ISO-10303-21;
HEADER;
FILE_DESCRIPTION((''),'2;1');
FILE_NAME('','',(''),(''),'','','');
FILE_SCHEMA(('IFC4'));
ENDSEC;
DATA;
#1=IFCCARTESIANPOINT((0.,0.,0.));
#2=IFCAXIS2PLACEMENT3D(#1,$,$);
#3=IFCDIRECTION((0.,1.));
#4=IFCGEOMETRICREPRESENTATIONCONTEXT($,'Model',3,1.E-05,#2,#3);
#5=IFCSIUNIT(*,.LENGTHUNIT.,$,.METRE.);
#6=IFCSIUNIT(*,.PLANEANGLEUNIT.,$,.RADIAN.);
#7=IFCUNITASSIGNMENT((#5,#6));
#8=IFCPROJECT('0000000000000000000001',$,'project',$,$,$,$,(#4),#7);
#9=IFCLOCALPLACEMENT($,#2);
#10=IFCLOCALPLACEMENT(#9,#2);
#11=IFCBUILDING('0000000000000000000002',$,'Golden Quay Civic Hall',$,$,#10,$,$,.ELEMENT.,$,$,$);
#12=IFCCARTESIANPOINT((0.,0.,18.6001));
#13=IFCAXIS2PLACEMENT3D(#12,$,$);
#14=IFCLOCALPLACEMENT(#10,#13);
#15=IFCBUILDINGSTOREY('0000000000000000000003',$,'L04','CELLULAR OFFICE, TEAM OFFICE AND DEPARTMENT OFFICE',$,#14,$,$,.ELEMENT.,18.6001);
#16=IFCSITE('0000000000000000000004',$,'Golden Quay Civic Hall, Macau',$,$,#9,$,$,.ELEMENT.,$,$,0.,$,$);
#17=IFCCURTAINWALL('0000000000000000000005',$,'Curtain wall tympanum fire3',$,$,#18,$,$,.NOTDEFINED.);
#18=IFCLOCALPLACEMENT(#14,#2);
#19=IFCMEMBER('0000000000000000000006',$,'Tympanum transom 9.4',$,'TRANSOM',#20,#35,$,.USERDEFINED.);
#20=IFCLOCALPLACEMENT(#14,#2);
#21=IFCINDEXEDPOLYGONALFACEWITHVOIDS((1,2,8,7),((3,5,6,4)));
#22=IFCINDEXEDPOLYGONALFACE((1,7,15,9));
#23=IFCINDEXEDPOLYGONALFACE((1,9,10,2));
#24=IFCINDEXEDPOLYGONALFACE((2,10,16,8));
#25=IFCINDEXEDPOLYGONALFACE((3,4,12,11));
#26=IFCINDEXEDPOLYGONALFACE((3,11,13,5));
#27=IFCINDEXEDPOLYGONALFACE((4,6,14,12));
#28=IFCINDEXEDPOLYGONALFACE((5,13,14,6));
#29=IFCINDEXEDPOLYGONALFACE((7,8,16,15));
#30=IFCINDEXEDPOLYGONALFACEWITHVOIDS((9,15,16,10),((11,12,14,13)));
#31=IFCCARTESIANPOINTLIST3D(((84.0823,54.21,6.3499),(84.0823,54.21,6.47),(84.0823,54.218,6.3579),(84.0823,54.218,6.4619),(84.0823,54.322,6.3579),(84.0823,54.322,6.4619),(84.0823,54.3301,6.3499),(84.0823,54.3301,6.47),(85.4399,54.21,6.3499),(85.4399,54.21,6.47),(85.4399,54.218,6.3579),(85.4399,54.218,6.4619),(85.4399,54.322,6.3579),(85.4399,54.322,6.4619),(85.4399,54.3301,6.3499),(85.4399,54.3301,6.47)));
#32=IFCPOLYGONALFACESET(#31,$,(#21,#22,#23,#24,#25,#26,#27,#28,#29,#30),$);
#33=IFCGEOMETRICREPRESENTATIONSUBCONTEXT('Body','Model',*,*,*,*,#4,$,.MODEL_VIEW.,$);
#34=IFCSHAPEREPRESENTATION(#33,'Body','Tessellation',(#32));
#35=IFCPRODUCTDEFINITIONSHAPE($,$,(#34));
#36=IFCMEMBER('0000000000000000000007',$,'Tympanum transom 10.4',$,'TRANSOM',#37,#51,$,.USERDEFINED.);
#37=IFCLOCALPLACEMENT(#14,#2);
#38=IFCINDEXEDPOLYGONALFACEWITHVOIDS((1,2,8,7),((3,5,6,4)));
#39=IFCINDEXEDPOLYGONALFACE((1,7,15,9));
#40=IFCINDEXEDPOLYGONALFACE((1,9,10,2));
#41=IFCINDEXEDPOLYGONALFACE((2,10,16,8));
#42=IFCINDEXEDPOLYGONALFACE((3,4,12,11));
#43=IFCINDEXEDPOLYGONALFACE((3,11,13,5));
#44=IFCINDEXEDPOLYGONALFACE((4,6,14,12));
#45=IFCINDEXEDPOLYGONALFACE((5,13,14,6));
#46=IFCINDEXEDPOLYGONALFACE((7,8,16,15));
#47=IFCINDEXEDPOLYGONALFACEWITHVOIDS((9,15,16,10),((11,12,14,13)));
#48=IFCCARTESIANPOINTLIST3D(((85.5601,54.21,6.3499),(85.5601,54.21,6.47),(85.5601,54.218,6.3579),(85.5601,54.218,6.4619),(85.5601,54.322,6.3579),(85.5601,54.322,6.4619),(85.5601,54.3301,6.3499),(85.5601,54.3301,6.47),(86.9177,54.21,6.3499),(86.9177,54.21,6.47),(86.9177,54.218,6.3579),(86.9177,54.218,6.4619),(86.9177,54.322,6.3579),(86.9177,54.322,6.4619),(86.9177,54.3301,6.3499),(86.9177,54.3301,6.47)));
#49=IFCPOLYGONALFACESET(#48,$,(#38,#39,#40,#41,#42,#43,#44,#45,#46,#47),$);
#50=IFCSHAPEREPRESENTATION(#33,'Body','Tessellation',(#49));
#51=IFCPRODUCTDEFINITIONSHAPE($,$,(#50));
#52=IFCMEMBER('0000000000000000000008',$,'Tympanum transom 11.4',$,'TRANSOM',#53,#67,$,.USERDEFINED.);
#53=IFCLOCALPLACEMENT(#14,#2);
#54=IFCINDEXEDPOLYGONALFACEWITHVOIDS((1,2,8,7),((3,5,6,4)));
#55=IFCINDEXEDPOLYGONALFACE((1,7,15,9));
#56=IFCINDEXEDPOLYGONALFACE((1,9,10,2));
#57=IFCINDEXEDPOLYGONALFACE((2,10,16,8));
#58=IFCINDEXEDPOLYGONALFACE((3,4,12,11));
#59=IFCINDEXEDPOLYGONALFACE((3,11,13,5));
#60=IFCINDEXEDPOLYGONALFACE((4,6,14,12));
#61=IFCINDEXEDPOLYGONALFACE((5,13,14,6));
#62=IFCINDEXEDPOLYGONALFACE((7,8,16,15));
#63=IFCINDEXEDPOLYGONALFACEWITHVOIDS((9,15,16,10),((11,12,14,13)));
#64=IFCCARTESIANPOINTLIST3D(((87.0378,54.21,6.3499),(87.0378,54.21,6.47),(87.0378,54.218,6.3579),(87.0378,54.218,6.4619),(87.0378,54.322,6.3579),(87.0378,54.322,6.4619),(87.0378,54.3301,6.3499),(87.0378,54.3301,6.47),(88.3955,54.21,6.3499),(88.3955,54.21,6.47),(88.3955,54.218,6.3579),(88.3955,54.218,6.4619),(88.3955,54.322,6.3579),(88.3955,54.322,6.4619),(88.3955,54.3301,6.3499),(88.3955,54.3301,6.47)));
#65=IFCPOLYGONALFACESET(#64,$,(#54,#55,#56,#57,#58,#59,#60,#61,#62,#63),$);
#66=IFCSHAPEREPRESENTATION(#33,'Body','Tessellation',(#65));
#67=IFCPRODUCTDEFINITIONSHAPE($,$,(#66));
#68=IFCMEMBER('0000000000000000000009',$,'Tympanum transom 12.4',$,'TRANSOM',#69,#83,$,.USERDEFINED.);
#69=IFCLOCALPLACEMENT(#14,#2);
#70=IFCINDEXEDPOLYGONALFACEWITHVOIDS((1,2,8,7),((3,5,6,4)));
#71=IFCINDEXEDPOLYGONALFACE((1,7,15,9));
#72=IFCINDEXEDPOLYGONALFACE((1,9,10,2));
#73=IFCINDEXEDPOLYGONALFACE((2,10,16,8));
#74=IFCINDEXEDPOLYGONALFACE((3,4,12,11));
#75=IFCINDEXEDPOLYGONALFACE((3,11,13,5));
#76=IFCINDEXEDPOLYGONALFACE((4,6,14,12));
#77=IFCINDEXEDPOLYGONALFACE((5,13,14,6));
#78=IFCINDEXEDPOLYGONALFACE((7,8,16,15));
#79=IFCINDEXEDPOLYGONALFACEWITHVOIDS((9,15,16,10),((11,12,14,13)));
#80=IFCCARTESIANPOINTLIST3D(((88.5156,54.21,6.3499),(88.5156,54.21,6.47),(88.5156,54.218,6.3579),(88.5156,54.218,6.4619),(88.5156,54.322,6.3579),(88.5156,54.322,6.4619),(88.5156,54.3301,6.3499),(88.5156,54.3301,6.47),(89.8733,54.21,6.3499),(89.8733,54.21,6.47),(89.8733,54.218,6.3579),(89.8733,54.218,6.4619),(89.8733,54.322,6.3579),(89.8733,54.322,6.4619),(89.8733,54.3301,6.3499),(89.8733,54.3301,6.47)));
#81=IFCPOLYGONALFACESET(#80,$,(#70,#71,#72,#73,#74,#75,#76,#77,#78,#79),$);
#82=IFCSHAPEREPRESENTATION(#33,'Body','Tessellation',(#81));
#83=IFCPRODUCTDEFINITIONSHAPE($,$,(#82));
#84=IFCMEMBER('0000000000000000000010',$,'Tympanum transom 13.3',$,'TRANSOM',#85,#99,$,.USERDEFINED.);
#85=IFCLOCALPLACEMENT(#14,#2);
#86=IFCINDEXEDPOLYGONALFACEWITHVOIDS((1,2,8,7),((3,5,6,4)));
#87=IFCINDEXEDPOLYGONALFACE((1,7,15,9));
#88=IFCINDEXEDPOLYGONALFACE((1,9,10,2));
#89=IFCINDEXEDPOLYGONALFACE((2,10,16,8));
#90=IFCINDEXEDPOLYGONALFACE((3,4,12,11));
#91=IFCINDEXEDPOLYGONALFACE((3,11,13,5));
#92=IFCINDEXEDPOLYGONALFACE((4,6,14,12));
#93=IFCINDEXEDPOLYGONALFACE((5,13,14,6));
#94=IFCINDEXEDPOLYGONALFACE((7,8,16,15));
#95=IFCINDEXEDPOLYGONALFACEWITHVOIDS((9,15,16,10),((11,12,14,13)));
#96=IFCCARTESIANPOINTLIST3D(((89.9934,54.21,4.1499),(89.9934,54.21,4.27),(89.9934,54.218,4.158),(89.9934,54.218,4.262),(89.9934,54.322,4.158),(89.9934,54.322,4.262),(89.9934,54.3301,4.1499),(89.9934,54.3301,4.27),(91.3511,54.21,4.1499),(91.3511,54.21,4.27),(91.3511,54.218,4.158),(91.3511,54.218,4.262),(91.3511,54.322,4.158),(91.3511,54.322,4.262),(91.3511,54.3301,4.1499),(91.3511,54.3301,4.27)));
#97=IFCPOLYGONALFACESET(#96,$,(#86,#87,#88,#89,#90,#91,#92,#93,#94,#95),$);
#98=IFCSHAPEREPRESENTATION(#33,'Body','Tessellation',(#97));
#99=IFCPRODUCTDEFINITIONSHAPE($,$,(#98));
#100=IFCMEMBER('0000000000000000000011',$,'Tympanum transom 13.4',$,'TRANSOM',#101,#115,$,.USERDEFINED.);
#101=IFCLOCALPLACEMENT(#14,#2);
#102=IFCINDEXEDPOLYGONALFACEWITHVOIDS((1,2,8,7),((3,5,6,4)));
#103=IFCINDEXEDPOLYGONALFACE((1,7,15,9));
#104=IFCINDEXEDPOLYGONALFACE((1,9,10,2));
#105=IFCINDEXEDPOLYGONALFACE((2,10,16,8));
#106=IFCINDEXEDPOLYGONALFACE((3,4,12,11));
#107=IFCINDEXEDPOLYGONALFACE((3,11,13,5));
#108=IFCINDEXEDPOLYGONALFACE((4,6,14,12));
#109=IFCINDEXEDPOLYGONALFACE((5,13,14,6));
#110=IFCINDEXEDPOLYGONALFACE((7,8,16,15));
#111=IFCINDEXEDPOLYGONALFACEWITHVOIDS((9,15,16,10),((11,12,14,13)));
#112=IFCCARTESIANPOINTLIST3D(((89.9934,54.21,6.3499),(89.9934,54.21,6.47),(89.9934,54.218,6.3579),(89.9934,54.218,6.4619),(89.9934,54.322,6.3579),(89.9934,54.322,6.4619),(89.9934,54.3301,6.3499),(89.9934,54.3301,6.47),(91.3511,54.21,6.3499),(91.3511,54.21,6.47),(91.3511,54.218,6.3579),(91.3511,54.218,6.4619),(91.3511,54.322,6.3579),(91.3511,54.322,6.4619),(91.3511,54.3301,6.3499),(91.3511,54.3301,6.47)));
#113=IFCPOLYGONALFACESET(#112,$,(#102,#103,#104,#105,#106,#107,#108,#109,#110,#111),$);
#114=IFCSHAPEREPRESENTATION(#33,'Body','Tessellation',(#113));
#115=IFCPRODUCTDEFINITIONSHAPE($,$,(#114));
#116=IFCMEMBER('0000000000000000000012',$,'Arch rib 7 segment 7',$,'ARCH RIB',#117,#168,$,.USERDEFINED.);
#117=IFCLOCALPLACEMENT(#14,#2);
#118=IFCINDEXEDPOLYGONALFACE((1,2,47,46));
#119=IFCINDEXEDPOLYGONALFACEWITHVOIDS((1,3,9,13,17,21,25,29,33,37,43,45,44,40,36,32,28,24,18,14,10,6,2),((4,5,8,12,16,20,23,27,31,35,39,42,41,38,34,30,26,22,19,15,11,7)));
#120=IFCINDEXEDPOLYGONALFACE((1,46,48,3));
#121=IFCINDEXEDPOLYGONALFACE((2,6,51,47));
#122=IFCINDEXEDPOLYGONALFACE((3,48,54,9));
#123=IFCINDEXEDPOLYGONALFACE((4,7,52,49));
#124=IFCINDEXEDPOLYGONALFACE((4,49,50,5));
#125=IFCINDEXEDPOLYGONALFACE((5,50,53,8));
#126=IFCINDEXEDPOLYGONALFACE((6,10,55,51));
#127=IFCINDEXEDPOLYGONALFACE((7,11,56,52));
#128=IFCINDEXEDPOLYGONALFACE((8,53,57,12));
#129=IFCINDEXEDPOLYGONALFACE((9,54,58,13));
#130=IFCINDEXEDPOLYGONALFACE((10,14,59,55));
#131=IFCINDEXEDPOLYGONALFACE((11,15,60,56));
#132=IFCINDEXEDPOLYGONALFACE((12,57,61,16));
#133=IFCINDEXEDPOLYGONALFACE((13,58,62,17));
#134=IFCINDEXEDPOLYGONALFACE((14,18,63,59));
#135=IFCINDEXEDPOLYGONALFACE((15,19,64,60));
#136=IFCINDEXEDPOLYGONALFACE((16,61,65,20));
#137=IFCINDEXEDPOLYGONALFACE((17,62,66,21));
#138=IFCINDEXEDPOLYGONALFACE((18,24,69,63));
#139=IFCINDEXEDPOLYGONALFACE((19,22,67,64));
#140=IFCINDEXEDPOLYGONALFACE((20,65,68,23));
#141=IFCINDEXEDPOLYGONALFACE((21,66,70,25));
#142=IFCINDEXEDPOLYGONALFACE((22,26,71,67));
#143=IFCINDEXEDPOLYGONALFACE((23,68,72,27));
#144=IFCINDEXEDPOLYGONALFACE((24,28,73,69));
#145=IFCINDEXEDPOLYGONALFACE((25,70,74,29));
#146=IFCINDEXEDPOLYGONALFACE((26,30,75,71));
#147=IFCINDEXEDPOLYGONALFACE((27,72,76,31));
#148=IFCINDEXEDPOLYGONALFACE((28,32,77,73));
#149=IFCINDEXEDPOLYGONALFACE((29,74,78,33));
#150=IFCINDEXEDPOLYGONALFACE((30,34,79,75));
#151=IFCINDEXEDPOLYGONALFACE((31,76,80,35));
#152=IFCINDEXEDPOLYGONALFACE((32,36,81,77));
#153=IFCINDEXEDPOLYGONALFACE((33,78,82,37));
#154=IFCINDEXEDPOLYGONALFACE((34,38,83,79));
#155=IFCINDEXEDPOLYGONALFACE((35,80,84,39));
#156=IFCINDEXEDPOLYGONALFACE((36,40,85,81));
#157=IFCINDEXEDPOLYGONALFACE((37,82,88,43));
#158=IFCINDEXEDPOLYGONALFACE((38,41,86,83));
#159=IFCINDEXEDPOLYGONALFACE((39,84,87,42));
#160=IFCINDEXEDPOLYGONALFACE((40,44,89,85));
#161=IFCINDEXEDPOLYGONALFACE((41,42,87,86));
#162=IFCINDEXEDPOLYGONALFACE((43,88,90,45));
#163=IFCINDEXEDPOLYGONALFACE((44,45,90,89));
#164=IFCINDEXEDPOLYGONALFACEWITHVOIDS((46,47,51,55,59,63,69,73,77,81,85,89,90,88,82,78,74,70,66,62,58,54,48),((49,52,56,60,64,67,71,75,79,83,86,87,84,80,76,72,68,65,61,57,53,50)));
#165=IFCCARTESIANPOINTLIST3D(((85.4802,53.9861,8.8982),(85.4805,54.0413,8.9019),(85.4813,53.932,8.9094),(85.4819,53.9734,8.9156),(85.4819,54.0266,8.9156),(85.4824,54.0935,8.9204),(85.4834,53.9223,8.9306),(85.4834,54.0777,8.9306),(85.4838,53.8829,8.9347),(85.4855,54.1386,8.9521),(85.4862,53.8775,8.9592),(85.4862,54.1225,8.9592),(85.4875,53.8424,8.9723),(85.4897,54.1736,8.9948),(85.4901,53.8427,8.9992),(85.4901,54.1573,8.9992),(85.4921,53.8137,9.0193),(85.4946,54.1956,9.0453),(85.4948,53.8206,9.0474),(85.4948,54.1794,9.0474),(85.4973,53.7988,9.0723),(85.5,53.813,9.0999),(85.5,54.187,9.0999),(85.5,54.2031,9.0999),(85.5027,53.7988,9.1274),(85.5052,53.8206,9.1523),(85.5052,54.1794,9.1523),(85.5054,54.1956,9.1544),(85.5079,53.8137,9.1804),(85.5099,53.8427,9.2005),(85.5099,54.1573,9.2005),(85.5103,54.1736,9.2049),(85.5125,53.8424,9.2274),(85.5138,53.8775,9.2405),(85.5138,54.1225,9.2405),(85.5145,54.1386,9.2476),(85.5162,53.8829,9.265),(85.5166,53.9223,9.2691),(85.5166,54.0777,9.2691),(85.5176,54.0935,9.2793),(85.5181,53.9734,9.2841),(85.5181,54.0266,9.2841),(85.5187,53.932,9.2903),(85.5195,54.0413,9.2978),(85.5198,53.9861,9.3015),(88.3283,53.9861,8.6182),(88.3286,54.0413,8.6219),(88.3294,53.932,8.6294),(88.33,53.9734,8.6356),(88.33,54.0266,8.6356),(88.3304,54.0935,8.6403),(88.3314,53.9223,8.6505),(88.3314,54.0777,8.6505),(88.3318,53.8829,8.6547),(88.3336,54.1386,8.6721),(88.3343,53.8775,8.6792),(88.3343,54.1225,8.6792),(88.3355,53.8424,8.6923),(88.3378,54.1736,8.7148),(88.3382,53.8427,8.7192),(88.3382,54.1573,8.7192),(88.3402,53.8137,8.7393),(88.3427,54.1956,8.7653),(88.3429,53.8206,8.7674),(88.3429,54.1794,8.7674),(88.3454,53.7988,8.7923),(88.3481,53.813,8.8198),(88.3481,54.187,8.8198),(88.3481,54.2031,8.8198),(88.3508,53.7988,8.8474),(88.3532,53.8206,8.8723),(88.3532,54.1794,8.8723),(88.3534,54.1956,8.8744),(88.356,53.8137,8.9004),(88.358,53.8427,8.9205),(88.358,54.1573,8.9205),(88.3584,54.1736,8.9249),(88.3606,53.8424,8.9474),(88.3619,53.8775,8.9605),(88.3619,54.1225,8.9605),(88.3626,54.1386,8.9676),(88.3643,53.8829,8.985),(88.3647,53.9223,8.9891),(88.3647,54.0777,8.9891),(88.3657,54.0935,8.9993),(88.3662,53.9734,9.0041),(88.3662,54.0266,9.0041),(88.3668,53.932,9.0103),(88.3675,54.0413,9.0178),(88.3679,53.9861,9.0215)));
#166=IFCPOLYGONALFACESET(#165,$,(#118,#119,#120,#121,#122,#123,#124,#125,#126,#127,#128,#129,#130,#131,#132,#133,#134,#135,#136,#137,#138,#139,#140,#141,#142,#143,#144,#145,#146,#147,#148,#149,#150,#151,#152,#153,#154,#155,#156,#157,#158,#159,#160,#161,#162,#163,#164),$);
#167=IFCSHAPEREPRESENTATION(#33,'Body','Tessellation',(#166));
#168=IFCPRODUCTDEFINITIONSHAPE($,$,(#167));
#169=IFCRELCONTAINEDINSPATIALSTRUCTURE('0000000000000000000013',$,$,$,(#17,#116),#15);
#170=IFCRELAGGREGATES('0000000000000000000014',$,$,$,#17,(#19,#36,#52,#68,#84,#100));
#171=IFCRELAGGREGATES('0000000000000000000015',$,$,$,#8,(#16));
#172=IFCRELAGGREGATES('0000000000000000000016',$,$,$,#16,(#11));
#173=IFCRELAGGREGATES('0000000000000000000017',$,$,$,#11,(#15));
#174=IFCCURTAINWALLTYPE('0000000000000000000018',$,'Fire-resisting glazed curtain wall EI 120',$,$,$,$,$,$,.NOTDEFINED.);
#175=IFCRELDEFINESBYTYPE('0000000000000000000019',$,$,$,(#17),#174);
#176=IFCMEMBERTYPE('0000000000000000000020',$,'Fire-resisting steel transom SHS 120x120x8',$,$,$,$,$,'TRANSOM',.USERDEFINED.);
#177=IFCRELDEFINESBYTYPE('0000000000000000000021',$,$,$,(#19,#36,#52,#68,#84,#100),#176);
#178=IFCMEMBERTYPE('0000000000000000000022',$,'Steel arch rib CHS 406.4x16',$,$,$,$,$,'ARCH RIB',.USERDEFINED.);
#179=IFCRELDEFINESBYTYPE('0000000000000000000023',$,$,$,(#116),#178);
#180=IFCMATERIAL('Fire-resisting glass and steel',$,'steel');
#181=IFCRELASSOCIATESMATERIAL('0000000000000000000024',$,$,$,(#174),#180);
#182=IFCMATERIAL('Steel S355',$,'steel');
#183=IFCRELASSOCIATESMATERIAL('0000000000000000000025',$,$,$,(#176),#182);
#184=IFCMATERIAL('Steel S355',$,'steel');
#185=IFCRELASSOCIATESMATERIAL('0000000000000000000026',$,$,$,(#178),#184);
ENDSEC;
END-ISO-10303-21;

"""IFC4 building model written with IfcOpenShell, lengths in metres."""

from ifc_helpers import new_model, si_unit, direction, frame, origin, origin_2d, place, context, subcontext, project, spatial, hollow_rectangle, hollow_circle, extrude, material, material_profile, profile_set, type_object, element, aggregate, save


model = new_model("IFC4")

# Units and contexts
model_context = context("Model", 3, precision=1e-05, world=origin(), true_north=direction((0.0, 1.0)))
body_context = subcontext(model_context, "Body", "Model", "MODEL_VIEW")
ifc_project = project(units=[si_unit("LENGTHUNIT", "METRE"), si_unit("PLANEANGLEUNIT", "RADIAN")], contexts=[model_context])

# Site, building, storey
site_placement = place(None, origin())
site = spatial("IfcSite", under=ifc_project, at=site_placement, Name="Golden Quay Civic Hall, Macau", CompositionType="ELEMENT", RefElevation=0.0)
building_placement = place(site_placement, origin())
building = spatial("IfcBuilding", under=site, at=building_placement, Name="Golden Quay Civic Hall", CompositionType="ELEMENT")
storey_placement = place(building_placement, frame((0.0, 0.0, 18.6001)))
storey = spatial("IfcBuildingStorey", under=building, at=storey_placement, Name="L04", Description="CELLULAR OFFICE, TEAM OFFICE AND DEPARTMENT OFFICE", CompositionType="ELEMENT", Elevation=18.6001)

# Curtain wall, members
ifc_material_1 = material(Name="Fire-resisting glass and steel", Category="steel")
curtain_wall_type = type_object("IfcCurtainWallType", Name="Fire-resisting glazed curtain wall EI 120", PredefinedType="NOTDEFINED", material=ifc_material_1)
curtain_wall_placement = place(storey_placement, origin())
curtain_wall = element("IfcCurtainWall", 1, at=curtain_wall_placement, inside=storey, type_object=curtain_wall_type, Name="Curtain wall tympanum fire3", PredefinedType="NOTDEFINED")
ifc_material_2 = material(Name="Steel S355", Category="steel")
ifc_material_profile_1 = material_profile(ifc_material_2, hollow_rectangle(XDim=0.1201, YDim=0.1201, WallThickness=0.0081, at=origin_2d()), Name="SHS 120x120x8")
ifc_profile_set_1 = profile_set([ifc_material_profile_1], Name="Steel S355")
member_type_1 = type_object("IfcMemberType", Name="Fire-resisting steel transom SHS 120x120x8", ElementType="TRANSOM", PredefinedType="USERDEFINED", material=ifc_profile_set_1)
member_1_placement = place(storey_placement, frame((84.0823, 54.27, 6.4099), z_axis=(1.0, 0.0, 0.0), x_axis=(0.0, 1.0, 0.0)))
member_1 = element("IfcMember", 2, at=member_1_placement, type_object=member_type_1, Name="Tympanum transom 9.4", ObjectType="TRANSOM", PredefinedType="USERDEFINED", context=body_context, shape_type="SweptSolid", body=[
    extrude(hollow_rectangle(XDim=0.1201, YDim=0.1201, WallThickness=0.0081, at=origin_2d()), origin(), (0.0, 0.0, 1.0), 1.3577),
])
member_2_placement = place(storey_placement, frame((85.5601, 54.27, 6.4099), z_axis=(1.0, 0.0, 0.0), x_axis=(0.0, 1.0, 0.0)))
member_2 = element("IfcMember", 3, at=member_2_placement, type_object=member_type_1, Name="Tympanum transom 10.4", ObjectType="TRANSOM", PredefinedType="USERDEFINED", context=body_context, shape_type="SweptSolid", body=[
    extrude(hollow_rectangle(XDim=0.1201, YDim=0.1201, WallThickness=0.0081, at=origin_2d()), origin(), (0.0, 0.0, 1.0), 1.3577),
])
member_3_placement = place(storey_placement, frame((87.0378, 54.27, 6.4099), z_axis=(1.0, 0.0, 0.0), x_axis=(0.0, 1.0, 0.0)))
member_3 = element("IfcMember", 4, at=member_3_placement, type_object=member_type_1, Name="Tympanum transom 11.4", ObjectType="TRANSOM", PredefinedType="USERDEFINED", context=body_context, shape_type="SweptSolid", body=[
    extrude(hollow_rectangle(XDim=0.1201, YDim=0.1201, WallThickness=0.0081, at=origin_2d()), origin(), (0.0, 0.0, 1.0), 1.3577),
])
member_4_placement = place(storey_placement, frame((88.5156, 54.27, 6.4099), z_axis=(1.0, 0.0, 0.0), x_axis=(0.0, 1.0, 0.0)))
member_4 = element("IfcMember", 5, at=member_4_placement, type_object=member_type_1, Name="Tympanum transom 12.4", ObjectType="TRANSOM", PredefinedType="USERDEFINED", context=body_context, shape_type="SweptSolid", body=[
    extrude(hollow_rectangle(XDim=0.1201, YDim=0.1201, WallThickness=0.0081, at=origin_2d()), origin(), (0.0, 0.0, 1.0), 1.3577),
])
member_5_placement = place(storey_placement, frame((89.9934, 54.27, 4.21), z_axis=(1.0, 0.0, 0.0), x_axis=(0.0, 1.0, 0.0)))
member_5 = element("IfcMember", 6, at=member_5_placement, type_object=member_type_1, Name="Tympanum transom 13.3", ObjectType="TRANSOM", PredefinedType="USERDEFINED", context=body_context, shape_type="SweptSolid", body=[
    extrude(hollow_rectangle(XDim=0.1201, YDim=0.1201, WallThickness=0.0081, at=origin_2d()), origin(), (0.0, 0.0, 1.0), 1.3577),
])
member_6_placement = place(storey_placement, frame((89.9934, 54.27, 6.4099), z_axis=(1.0, 0.0, 0.0), x_axis=(0.0, 1.0, 0.0)))
member_6 = element("IfcMember", 7, at=member_6_placement, type_object=member_type_1, Name="Tympanum transom 13.4", ObjectType="TRANSOM", PredefinedType="USERDEFINED", context=body_context, shape_type="SweptSolid", body=[
    extrude(hollow_rectangle(XDim=0.1201, YDim=0.1201, WallThickness=0.0081, at=origin_2d()), origin(), (0.0, 0.0, 1.0), 1.3577),
])

# Member
ifc_material_3 = material(Name="Steel S355", Category="steel")
ifc_material_profile_2 = material_profile(ifc_material_3, hollow_circle(Radius=0.2031, WallThickness=0.0161, at=origin_2d()), Name="CHS 406.4x16")
ifc_profile_set_2 = profile_set([ifc_material_profile_2], Name="Steel S355")
member_type_2 = type_object("IfcMemberType", Name="Steel arch rib CHS 406.4x16", ElementType="ARCH RIB", PredefinedType="USERDEFINED", material=ifc_profile_set_2)
member_7_placement = place(storey_placement, frame((85.5, 54.0, 9.0999), z_axis=(0.995201, 0.0, -0.097848), x_axis=(0.0, 1.0, 0.0)))
element("IfcMember", 8, at=member_7_placement, inside=storey, type_object=member_type_2, Name="Arch rib 7 segment 7", ObjectType="ARCH RIB", PredefinedType="USERDEFINED", context=body_context, shape_type="SweptSolid", body=[
    extrude(hollow_circle(Radius=0.2031, WallThickness=0.0161, at=origin_2d()), origin(), (0.0, 0.0, 1.0), 2.8618),
])

aggregate(curtain_wall, [member_1, member_2, member_3, member_4, member_5, member_6])

save(model, "model.ifc")
